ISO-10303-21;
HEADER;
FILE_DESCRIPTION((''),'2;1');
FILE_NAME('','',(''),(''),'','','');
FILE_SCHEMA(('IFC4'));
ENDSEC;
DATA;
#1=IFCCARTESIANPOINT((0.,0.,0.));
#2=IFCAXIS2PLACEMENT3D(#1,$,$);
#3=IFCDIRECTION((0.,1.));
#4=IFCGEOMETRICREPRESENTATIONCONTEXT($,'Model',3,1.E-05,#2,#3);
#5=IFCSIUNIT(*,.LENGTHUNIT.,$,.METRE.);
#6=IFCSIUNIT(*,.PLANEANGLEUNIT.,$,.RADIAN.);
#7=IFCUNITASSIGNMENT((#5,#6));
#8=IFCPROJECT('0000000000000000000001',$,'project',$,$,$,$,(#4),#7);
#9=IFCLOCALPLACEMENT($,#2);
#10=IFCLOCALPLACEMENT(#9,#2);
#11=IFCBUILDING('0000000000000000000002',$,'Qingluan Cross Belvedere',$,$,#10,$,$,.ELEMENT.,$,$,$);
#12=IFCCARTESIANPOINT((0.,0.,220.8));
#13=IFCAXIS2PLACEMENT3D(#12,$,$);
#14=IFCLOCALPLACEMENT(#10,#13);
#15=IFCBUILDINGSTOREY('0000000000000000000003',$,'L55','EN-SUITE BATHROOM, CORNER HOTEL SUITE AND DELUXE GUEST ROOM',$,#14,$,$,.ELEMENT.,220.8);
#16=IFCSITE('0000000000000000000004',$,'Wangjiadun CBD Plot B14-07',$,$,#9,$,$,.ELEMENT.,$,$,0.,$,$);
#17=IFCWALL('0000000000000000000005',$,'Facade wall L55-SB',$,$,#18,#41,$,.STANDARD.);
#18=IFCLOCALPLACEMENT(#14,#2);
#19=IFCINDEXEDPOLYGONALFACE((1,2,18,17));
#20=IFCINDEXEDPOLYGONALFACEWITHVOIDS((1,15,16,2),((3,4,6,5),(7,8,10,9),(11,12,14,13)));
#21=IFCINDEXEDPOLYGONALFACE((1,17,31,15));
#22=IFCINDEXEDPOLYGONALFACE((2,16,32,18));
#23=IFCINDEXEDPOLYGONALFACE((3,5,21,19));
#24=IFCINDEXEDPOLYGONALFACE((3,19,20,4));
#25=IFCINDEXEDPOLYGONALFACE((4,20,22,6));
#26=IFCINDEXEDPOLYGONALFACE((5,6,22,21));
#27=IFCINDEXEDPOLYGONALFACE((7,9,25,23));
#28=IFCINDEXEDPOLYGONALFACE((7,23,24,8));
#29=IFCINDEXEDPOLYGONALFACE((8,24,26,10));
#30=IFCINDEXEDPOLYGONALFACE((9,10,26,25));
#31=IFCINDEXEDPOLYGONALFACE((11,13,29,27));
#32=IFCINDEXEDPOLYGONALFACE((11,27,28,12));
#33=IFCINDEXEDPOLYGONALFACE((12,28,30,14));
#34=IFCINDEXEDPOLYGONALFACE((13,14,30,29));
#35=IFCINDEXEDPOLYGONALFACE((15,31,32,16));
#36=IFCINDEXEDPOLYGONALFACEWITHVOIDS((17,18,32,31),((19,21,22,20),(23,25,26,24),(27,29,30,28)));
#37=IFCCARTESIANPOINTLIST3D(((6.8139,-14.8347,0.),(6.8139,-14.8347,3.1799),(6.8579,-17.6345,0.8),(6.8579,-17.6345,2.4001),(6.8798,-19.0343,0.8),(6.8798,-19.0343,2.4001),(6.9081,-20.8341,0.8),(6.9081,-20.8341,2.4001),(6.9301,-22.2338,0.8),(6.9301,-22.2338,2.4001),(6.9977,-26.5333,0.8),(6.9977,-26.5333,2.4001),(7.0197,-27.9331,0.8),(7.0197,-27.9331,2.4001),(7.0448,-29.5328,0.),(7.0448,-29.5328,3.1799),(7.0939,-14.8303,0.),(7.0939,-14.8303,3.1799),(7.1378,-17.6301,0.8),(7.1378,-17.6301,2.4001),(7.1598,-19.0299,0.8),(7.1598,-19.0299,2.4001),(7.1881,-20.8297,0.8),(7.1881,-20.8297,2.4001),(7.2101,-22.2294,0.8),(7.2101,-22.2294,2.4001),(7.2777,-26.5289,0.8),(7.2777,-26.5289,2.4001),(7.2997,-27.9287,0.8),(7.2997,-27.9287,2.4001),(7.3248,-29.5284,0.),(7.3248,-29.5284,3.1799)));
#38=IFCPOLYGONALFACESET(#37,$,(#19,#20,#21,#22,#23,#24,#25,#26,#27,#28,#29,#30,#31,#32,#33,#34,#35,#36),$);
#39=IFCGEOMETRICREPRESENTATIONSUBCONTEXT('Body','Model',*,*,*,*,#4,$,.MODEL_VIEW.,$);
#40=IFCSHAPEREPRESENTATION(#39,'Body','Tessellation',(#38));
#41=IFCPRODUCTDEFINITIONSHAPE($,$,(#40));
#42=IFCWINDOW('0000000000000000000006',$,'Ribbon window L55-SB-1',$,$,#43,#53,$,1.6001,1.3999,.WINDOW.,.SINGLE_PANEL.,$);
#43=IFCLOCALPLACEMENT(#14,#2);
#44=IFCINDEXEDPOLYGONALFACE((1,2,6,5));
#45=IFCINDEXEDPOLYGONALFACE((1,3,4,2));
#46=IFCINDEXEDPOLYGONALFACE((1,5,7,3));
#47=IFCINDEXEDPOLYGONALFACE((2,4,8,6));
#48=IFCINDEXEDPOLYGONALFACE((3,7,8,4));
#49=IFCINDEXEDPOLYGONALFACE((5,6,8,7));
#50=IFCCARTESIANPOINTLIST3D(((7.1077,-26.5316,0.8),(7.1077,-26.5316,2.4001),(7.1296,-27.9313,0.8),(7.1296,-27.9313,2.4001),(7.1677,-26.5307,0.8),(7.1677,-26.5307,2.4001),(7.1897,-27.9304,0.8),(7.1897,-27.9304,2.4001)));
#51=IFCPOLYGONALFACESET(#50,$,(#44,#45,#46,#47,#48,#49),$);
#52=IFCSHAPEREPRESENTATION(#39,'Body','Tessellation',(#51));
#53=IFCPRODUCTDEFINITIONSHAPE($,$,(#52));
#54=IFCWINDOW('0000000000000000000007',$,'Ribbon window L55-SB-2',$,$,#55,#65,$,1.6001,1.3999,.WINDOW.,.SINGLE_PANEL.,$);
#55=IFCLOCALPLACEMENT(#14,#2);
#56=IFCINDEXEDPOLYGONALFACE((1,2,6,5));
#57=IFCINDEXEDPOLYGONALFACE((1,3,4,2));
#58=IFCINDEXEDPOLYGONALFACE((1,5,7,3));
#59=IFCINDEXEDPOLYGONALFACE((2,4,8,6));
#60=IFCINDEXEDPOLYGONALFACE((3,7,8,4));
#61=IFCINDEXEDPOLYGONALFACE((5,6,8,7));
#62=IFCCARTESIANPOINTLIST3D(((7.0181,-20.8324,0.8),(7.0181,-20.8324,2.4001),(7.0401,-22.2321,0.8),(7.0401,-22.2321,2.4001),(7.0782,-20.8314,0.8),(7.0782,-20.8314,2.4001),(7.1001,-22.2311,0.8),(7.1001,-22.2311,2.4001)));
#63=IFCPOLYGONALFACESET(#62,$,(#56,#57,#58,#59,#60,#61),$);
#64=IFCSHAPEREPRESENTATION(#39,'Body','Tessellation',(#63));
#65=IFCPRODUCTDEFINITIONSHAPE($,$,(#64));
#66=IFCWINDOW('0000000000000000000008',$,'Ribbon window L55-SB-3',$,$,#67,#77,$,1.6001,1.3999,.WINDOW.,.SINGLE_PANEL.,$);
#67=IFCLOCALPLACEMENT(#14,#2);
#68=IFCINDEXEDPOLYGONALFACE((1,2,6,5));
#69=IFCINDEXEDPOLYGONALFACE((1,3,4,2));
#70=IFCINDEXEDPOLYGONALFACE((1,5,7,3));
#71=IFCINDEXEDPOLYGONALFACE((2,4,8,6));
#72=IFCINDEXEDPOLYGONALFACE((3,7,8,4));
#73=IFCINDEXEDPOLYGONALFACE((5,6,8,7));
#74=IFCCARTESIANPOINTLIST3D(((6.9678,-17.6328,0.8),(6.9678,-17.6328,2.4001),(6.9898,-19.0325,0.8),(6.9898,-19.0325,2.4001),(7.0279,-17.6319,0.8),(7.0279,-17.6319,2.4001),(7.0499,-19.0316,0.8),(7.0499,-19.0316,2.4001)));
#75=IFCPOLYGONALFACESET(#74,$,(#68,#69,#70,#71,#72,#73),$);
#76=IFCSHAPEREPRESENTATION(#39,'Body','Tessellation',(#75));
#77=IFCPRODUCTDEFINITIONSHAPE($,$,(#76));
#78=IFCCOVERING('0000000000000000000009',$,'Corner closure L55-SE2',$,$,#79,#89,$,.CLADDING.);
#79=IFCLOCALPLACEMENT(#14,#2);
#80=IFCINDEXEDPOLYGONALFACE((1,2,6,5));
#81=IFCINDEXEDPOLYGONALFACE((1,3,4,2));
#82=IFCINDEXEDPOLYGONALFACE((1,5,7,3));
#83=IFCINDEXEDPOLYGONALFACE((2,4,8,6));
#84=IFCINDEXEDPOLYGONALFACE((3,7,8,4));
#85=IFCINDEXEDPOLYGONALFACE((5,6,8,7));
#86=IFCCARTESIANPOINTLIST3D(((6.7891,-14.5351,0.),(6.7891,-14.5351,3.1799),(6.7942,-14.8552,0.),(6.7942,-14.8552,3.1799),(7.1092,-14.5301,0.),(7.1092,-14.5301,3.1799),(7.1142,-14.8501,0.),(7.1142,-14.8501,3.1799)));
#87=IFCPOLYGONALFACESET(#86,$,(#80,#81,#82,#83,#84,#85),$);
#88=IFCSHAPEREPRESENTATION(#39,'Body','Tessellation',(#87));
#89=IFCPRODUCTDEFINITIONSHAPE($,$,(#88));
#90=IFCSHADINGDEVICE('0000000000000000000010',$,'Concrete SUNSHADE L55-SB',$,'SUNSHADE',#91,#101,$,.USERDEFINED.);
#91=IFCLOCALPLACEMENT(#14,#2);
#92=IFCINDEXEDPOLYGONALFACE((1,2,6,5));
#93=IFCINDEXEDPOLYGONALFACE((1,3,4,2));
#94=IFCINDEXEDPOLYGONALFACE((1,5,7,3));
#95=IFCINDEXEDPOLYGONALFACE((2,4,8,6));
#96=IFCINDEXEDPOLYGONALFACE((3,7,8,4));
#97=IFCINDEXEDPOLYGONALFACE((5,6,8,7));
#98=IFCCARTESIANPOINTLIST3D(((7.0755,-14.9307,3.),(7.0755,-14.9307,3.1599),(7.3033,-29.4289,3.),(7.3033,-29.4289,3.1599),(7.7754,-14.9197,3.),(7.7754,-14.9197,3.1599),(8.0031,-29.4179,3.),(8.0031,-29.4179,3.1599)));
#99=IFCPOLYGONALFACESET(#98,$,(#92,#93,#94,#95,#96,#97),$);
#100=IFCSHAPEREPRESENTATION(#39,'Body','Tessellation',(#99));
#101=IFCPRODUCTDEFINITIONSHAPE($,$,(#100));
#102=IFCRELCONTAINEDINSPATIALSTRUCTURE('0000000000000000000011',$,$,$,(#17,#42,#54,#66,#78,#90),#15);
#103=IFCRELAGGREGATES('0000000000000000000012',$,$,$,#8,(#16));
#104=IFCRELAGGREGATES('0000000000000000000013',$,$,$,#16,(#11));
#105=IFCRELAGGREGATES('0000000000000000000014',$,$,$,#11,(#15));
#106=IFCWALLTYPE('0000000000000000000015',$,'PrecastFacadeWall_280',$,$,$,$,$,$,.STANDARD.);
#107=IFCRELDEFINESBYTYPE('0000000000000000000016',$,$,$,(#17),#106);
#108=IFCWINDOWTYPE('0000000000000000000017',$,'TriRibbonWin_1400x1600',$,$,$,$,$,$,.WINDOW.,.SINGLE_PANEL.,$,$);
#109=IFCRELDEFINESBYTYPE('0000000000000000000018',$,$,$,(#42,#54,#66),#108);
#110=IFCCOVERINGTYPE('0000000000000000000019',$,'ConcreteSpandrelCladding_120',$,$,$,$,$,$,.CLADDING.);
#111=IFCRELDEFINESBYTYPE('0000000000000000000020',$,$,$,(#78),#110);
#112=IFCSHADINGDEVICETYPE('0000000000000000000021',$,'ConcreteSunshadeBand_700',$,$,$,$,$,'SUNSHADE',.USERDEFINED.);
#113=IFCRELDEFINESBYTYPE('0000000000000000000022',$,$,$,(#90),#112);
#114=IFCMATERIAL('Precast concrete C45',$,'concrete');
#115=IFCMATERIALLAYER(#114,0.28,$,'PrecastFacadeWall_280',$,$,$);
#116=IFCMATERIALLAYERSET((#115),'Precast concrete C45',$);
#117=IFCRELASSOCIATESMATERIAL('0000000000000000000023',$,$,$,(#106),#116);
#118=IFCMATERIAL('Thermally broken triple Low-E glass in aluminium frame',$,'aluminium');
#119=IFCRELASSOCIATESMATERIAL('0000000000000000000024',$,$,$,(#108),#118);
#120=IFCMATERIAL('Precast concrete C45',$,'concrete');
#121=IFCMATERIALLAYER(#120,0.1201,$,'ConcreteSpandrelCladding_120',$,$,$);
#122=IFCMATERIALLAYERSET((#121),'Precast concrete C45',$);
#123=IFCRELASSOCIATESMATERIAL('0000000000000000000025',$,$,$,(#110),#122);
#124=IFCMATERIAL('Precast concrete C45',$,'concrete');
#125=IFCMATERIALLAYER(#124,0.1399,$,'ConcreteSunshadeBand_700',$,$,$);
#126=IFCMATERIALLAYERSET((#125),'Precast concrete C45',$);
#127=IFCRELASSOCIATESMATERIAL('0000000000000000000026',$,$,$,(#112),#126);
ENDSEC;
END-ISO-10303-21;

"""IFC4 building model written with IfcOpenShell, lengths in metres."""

from ifc_helpers import new_model, si_unit, direction, frame, frame_2d, origin, origin_2d, place, context, subcontext, project, spatial, rectangle, extrude, material, layer, layer_set, type_object, element, fill, save


model = new_model("IFC4")

# Units and contexts
model_context = context("Model", 3, precision=1e-05, world=origin(), true_north=direction((0.0, 1.0)))
body_context = subcontext(model_context, "Body", "Model", "MODEL_VIEW")
ifc_project = project(units=[si_unit("LENGTHUNIT", "METRE"), si_unit("PLANEANGLEUNIT", "RADIAN")], contexts=[model_context])

# Site, building, storey
site_placement = place(None, origin())
site = spatial("IfcSite", under=ifc_project, at=site_placement, Name="Wangjiadun CBD Plot B14-07", CompositionType="ELEMENT", RefElevation=0.0)
building_placement = place(site_placement, origin())
building = spatial("IfcBuilding", under=site, at=building_placement, Name="Qingluan Cross Belvedere", CompositionType="ELEMENT")
storey_placement = place(building_placement, frame((0.0, 0.0, 220.8)))
storey = spatial("IfcBuildingStorey", under=building, at=storey_placement, Name="L55", Description="EN-SUITE BATHROOM, CORNER HOTEL SUITE AND DELUXE GUEST ROOM", CompositionType="ELEMENT", Elevation=220.8)

# Wall, openings, windows
ifc_material_1 = material(Name="Precast concrete C45", Category="concrete")
ifc_layer_1 = layer(ifc_material_1, 0.28, Name="PrecastFacadeWall_280")
ifc_layer_set_1 = layer_set([ifc_layer_1], Name="Precast concrete C45")
wall_type_1 = type_object("IfcWallType", Name="PrecastFacadeWall_280", PredefinedType="STANDARD", material=ifc_layer_set_1)
wall_1_placement = place(storey_placement, frame((7.1848, -29.5308, 0.0), z_axis=(0.0, 0.0, 1.0), x_axis=(-0.015711, 0.999877, 0.0)))
wall_1 = element("IfcWall", 1, at=wall_1_placement, inside=storey, type_object=wall_type_1, Name="Facade wall L55-SB", PredefinedType="STANDARD", context=body_context, shape_type="SweptSolid", body=[
    extrude(rectangle(XDim=14.7, YDim=0.28, at=frame_2d((7.3501, 0.0))), origin(), (0.0, 0.0, 1.0), 3.1799),
])
opening_1_placement = place(wall_1_placement, frame((1.6001, 0.0, 0.8)))
opening_1 = element("IfcOpeningElement", 2, at=opening_1_placement, cuts=wall_1, PredefinedType="OPENING", context=body_context, shape_type="SweptSolid", body=[
    extrude(rectangle(XDim=1.3999, YDim=1.6001, at=frame_2d((0.7, 0.8))), frame((0.0, 0.1499, 0.0), z_axis=(0.0, -1.0, 0.0), x_axis=(1.0, 0.0, 0.0)), (0.0, 0.0, 1.0), 0.3),
])
opening_2_placement = place(wall_1_placement, frame((7.3, 0.0, 0.8)))
opening_2 = element("IfcOpeningElement", 3, at=opening_2_placement, cuts=wall_1, PredefinedType="OPENING", context=body_context, shape_type="SweptSolid", body=[
    extrude(rectangle(XDim=1.3999, YDim=1.6001, at=frame_2d((0.7, 0.8))), frame((0.0, 0.1499, 0.0), z_axis=(0.0, -1.0, 0.0), x_axis=(1.0, 0.0, 0.0)), (0.0, 0.0, 1.0), 0.3),
])
opening_3_placement = place(wall_1_placement, frame((10.5, 0.0, 0.8)))
opening_3 = element("IfcOpeningElement", 4, at=opening_3_placement, cuts=wall_1, PredefinedType="OPENING", context=body_context, shape_type="SweptSolid", body=[
    extrude(rectangle(XDim=1.3999, YDim=1.6001, at=frame_2d((0.7, 0.8))), frame((0.0, 0.1499, 0.0), z_axis=(0.0, -1.0, 0.0), x_axis=(1.0, 0.0, 0.0)), (0.0, 0.0, 1.0), 0.3),
])
ifc_material_2 = material(Name="Thermally broken triple Low-E glass in aluminium frame", Category="aluminium")
window_type = type_object("IfcWindowType", Name="TriRibbonWin_1400x1600", PartitioningType="SINGLE_PANEL", PredefinedType="WINDOW", material=ifc_material_2)
window_1_placement = place(opening_1_placement, origin())
window_1 = element("IfcWindow", 5, at=window_1_placement, inside=storey, type_object=window_type, Name="Ribbon window L55-SB-1", OverallHeight=1.6001, OverallWidth=1.3999, PartitioningType="SINGLE_PANEL", PredefinedType="WINDOW", context=body_context, shape_type="SweptSolid", body=[
    extrude(rectangle(XDim=1.3999, YDim=1.6001, at=frame_2d((0.7, 0.8))), frame((0.0, 0.03, 0.0), z_axis=(0.0, -1.0, 0.0), x_axis=(1.0, 0.0, 0.0)), (0.0, 0.0, 1.0), 0.0601),
])
fill(opening_1, window_1)
window_2_placement = place(opening_2_placement, origin())
window_2 = element("IfcWindow", 6, at=window_2_placement, inside=storey, type_object=window_type, Name="Ribbon window L55-SB-2", OverallHeight=1.6001, OverallWidth=1.3999, PartitioningType="SINGLE_PANEL", PredefinedType="WINDOW", context=body_context, shape_type="SweptSolid", body=[
    extrude(rectangle(XDim=1.3999, YDim=1.6001, at=frame_2d((0.7, 0.8))), frame((0.0, 0.03, 0.0), z_axis=(0.0, -1.0, 0.0), x_axis=(1.0, 0.0, 0.0)), (0.0, 0.0, 1.0), 0.0601),
])
fill(opening_2, window_2)
window_3_placement = place(opening_3_placement, origin())
window_3 = element("IfcWindow", 7, at=window_3_placement, inside=storey, type_object=window_type, Name="Ribbon window L55-SB-3", OverallHeight=1.6001, OverallWidth=1.3999, PartitioningType="SINGLE_PANEL", PredefinedType="WINDOW", context=body_context, shape_type="SweptSolid", body=[
    extrude(rectangle(XDim=1.3999, YDim=1.6001, at=frame_2d((0.7, 0.8))), frame((0.0, 0.03, 0.0), z_axis=(0.0, -1.0, 0.0), x_axis=(1.0, 0.0, 0.0)), (0.0, 0.0, 1.0), 0.0601),
])
fill(opening_3, window_3)

# Covering
ifc_material_3 = material(Name="Precast concrete C45", Category="concrete")
ifc_layer_2 = layer(ifc_material_3, 0.1201, Name="ConcreteSpandrelCladding_120")
ifc_layer_set_2 = layer_set([ifc_layer_2], Name="Precast concrete C45")
covering_type = type_object("IfcCoveringType", Name="ConcreteSpandrelCladding_120", PredefinedType="CLADDING", material=ifc_layer_set_2)
covering_placement = place(storey_placement, frame((6.9517, -14.6926, 0.0), z_axis=(0.0, 0.0, 1.0), x_axis=(0.999877, 0.015707, 0.0)))
element("IfcCovering", 8, at=covering_placement, inside=storey, type_object=covering_type, Name="Corner closure L55-SE2", PredefinedType="CLADDING", context=body_context, shape_type="SweptSolid", body=[
    extrude(rectangle(XDim=0.3201, YDim=0.3201, at=origin_2d()), origin(), (0.0, 0.0, 1.0), 3.1799),
])

# Shading device
ifc_material_4 = material(Name="Precast concrete C45", Category="concrete")
ifc_layer_3 = layer(ifc_material_4, 0.1399, Name="ConcreteSunshadeBand_700")
ifc_layer_set_3 = layer_set([ifc_layer_3], Name="Precast concrete C45")
shading_device_type = type_object("IfcShadingDeviceType", Name="ConcreteSunshadeBand_700", ElementType="SUNSHADE", PredefinedType="USERDEFINED", material=ifc_layer_set_3)
shading_device_placement = place(storey_placement, frame((7.5393, -22.1743, 3.0), z_axis=(0.0, 0.0, 1.0), x_axis=(-0.015707, 0.999877, 0.0)))
element("IfcShadingDevice", 9, at=shading_device_placement, inside=storey, type_object=shading_device_type, Name="Concrete SUNSHADE L55-SB", ObjectType="SUNSHADE", PredefinedType="USERDEFINED", context=body_context, shape_type="SweptSolid", body=[
    extrude(rectangle(XDim=14.5, YDim=0.7, at=origin_2d()), origin(), (0.0, 0.0, 1.0), 0.1599),
])

save(model, "model.ifc")
